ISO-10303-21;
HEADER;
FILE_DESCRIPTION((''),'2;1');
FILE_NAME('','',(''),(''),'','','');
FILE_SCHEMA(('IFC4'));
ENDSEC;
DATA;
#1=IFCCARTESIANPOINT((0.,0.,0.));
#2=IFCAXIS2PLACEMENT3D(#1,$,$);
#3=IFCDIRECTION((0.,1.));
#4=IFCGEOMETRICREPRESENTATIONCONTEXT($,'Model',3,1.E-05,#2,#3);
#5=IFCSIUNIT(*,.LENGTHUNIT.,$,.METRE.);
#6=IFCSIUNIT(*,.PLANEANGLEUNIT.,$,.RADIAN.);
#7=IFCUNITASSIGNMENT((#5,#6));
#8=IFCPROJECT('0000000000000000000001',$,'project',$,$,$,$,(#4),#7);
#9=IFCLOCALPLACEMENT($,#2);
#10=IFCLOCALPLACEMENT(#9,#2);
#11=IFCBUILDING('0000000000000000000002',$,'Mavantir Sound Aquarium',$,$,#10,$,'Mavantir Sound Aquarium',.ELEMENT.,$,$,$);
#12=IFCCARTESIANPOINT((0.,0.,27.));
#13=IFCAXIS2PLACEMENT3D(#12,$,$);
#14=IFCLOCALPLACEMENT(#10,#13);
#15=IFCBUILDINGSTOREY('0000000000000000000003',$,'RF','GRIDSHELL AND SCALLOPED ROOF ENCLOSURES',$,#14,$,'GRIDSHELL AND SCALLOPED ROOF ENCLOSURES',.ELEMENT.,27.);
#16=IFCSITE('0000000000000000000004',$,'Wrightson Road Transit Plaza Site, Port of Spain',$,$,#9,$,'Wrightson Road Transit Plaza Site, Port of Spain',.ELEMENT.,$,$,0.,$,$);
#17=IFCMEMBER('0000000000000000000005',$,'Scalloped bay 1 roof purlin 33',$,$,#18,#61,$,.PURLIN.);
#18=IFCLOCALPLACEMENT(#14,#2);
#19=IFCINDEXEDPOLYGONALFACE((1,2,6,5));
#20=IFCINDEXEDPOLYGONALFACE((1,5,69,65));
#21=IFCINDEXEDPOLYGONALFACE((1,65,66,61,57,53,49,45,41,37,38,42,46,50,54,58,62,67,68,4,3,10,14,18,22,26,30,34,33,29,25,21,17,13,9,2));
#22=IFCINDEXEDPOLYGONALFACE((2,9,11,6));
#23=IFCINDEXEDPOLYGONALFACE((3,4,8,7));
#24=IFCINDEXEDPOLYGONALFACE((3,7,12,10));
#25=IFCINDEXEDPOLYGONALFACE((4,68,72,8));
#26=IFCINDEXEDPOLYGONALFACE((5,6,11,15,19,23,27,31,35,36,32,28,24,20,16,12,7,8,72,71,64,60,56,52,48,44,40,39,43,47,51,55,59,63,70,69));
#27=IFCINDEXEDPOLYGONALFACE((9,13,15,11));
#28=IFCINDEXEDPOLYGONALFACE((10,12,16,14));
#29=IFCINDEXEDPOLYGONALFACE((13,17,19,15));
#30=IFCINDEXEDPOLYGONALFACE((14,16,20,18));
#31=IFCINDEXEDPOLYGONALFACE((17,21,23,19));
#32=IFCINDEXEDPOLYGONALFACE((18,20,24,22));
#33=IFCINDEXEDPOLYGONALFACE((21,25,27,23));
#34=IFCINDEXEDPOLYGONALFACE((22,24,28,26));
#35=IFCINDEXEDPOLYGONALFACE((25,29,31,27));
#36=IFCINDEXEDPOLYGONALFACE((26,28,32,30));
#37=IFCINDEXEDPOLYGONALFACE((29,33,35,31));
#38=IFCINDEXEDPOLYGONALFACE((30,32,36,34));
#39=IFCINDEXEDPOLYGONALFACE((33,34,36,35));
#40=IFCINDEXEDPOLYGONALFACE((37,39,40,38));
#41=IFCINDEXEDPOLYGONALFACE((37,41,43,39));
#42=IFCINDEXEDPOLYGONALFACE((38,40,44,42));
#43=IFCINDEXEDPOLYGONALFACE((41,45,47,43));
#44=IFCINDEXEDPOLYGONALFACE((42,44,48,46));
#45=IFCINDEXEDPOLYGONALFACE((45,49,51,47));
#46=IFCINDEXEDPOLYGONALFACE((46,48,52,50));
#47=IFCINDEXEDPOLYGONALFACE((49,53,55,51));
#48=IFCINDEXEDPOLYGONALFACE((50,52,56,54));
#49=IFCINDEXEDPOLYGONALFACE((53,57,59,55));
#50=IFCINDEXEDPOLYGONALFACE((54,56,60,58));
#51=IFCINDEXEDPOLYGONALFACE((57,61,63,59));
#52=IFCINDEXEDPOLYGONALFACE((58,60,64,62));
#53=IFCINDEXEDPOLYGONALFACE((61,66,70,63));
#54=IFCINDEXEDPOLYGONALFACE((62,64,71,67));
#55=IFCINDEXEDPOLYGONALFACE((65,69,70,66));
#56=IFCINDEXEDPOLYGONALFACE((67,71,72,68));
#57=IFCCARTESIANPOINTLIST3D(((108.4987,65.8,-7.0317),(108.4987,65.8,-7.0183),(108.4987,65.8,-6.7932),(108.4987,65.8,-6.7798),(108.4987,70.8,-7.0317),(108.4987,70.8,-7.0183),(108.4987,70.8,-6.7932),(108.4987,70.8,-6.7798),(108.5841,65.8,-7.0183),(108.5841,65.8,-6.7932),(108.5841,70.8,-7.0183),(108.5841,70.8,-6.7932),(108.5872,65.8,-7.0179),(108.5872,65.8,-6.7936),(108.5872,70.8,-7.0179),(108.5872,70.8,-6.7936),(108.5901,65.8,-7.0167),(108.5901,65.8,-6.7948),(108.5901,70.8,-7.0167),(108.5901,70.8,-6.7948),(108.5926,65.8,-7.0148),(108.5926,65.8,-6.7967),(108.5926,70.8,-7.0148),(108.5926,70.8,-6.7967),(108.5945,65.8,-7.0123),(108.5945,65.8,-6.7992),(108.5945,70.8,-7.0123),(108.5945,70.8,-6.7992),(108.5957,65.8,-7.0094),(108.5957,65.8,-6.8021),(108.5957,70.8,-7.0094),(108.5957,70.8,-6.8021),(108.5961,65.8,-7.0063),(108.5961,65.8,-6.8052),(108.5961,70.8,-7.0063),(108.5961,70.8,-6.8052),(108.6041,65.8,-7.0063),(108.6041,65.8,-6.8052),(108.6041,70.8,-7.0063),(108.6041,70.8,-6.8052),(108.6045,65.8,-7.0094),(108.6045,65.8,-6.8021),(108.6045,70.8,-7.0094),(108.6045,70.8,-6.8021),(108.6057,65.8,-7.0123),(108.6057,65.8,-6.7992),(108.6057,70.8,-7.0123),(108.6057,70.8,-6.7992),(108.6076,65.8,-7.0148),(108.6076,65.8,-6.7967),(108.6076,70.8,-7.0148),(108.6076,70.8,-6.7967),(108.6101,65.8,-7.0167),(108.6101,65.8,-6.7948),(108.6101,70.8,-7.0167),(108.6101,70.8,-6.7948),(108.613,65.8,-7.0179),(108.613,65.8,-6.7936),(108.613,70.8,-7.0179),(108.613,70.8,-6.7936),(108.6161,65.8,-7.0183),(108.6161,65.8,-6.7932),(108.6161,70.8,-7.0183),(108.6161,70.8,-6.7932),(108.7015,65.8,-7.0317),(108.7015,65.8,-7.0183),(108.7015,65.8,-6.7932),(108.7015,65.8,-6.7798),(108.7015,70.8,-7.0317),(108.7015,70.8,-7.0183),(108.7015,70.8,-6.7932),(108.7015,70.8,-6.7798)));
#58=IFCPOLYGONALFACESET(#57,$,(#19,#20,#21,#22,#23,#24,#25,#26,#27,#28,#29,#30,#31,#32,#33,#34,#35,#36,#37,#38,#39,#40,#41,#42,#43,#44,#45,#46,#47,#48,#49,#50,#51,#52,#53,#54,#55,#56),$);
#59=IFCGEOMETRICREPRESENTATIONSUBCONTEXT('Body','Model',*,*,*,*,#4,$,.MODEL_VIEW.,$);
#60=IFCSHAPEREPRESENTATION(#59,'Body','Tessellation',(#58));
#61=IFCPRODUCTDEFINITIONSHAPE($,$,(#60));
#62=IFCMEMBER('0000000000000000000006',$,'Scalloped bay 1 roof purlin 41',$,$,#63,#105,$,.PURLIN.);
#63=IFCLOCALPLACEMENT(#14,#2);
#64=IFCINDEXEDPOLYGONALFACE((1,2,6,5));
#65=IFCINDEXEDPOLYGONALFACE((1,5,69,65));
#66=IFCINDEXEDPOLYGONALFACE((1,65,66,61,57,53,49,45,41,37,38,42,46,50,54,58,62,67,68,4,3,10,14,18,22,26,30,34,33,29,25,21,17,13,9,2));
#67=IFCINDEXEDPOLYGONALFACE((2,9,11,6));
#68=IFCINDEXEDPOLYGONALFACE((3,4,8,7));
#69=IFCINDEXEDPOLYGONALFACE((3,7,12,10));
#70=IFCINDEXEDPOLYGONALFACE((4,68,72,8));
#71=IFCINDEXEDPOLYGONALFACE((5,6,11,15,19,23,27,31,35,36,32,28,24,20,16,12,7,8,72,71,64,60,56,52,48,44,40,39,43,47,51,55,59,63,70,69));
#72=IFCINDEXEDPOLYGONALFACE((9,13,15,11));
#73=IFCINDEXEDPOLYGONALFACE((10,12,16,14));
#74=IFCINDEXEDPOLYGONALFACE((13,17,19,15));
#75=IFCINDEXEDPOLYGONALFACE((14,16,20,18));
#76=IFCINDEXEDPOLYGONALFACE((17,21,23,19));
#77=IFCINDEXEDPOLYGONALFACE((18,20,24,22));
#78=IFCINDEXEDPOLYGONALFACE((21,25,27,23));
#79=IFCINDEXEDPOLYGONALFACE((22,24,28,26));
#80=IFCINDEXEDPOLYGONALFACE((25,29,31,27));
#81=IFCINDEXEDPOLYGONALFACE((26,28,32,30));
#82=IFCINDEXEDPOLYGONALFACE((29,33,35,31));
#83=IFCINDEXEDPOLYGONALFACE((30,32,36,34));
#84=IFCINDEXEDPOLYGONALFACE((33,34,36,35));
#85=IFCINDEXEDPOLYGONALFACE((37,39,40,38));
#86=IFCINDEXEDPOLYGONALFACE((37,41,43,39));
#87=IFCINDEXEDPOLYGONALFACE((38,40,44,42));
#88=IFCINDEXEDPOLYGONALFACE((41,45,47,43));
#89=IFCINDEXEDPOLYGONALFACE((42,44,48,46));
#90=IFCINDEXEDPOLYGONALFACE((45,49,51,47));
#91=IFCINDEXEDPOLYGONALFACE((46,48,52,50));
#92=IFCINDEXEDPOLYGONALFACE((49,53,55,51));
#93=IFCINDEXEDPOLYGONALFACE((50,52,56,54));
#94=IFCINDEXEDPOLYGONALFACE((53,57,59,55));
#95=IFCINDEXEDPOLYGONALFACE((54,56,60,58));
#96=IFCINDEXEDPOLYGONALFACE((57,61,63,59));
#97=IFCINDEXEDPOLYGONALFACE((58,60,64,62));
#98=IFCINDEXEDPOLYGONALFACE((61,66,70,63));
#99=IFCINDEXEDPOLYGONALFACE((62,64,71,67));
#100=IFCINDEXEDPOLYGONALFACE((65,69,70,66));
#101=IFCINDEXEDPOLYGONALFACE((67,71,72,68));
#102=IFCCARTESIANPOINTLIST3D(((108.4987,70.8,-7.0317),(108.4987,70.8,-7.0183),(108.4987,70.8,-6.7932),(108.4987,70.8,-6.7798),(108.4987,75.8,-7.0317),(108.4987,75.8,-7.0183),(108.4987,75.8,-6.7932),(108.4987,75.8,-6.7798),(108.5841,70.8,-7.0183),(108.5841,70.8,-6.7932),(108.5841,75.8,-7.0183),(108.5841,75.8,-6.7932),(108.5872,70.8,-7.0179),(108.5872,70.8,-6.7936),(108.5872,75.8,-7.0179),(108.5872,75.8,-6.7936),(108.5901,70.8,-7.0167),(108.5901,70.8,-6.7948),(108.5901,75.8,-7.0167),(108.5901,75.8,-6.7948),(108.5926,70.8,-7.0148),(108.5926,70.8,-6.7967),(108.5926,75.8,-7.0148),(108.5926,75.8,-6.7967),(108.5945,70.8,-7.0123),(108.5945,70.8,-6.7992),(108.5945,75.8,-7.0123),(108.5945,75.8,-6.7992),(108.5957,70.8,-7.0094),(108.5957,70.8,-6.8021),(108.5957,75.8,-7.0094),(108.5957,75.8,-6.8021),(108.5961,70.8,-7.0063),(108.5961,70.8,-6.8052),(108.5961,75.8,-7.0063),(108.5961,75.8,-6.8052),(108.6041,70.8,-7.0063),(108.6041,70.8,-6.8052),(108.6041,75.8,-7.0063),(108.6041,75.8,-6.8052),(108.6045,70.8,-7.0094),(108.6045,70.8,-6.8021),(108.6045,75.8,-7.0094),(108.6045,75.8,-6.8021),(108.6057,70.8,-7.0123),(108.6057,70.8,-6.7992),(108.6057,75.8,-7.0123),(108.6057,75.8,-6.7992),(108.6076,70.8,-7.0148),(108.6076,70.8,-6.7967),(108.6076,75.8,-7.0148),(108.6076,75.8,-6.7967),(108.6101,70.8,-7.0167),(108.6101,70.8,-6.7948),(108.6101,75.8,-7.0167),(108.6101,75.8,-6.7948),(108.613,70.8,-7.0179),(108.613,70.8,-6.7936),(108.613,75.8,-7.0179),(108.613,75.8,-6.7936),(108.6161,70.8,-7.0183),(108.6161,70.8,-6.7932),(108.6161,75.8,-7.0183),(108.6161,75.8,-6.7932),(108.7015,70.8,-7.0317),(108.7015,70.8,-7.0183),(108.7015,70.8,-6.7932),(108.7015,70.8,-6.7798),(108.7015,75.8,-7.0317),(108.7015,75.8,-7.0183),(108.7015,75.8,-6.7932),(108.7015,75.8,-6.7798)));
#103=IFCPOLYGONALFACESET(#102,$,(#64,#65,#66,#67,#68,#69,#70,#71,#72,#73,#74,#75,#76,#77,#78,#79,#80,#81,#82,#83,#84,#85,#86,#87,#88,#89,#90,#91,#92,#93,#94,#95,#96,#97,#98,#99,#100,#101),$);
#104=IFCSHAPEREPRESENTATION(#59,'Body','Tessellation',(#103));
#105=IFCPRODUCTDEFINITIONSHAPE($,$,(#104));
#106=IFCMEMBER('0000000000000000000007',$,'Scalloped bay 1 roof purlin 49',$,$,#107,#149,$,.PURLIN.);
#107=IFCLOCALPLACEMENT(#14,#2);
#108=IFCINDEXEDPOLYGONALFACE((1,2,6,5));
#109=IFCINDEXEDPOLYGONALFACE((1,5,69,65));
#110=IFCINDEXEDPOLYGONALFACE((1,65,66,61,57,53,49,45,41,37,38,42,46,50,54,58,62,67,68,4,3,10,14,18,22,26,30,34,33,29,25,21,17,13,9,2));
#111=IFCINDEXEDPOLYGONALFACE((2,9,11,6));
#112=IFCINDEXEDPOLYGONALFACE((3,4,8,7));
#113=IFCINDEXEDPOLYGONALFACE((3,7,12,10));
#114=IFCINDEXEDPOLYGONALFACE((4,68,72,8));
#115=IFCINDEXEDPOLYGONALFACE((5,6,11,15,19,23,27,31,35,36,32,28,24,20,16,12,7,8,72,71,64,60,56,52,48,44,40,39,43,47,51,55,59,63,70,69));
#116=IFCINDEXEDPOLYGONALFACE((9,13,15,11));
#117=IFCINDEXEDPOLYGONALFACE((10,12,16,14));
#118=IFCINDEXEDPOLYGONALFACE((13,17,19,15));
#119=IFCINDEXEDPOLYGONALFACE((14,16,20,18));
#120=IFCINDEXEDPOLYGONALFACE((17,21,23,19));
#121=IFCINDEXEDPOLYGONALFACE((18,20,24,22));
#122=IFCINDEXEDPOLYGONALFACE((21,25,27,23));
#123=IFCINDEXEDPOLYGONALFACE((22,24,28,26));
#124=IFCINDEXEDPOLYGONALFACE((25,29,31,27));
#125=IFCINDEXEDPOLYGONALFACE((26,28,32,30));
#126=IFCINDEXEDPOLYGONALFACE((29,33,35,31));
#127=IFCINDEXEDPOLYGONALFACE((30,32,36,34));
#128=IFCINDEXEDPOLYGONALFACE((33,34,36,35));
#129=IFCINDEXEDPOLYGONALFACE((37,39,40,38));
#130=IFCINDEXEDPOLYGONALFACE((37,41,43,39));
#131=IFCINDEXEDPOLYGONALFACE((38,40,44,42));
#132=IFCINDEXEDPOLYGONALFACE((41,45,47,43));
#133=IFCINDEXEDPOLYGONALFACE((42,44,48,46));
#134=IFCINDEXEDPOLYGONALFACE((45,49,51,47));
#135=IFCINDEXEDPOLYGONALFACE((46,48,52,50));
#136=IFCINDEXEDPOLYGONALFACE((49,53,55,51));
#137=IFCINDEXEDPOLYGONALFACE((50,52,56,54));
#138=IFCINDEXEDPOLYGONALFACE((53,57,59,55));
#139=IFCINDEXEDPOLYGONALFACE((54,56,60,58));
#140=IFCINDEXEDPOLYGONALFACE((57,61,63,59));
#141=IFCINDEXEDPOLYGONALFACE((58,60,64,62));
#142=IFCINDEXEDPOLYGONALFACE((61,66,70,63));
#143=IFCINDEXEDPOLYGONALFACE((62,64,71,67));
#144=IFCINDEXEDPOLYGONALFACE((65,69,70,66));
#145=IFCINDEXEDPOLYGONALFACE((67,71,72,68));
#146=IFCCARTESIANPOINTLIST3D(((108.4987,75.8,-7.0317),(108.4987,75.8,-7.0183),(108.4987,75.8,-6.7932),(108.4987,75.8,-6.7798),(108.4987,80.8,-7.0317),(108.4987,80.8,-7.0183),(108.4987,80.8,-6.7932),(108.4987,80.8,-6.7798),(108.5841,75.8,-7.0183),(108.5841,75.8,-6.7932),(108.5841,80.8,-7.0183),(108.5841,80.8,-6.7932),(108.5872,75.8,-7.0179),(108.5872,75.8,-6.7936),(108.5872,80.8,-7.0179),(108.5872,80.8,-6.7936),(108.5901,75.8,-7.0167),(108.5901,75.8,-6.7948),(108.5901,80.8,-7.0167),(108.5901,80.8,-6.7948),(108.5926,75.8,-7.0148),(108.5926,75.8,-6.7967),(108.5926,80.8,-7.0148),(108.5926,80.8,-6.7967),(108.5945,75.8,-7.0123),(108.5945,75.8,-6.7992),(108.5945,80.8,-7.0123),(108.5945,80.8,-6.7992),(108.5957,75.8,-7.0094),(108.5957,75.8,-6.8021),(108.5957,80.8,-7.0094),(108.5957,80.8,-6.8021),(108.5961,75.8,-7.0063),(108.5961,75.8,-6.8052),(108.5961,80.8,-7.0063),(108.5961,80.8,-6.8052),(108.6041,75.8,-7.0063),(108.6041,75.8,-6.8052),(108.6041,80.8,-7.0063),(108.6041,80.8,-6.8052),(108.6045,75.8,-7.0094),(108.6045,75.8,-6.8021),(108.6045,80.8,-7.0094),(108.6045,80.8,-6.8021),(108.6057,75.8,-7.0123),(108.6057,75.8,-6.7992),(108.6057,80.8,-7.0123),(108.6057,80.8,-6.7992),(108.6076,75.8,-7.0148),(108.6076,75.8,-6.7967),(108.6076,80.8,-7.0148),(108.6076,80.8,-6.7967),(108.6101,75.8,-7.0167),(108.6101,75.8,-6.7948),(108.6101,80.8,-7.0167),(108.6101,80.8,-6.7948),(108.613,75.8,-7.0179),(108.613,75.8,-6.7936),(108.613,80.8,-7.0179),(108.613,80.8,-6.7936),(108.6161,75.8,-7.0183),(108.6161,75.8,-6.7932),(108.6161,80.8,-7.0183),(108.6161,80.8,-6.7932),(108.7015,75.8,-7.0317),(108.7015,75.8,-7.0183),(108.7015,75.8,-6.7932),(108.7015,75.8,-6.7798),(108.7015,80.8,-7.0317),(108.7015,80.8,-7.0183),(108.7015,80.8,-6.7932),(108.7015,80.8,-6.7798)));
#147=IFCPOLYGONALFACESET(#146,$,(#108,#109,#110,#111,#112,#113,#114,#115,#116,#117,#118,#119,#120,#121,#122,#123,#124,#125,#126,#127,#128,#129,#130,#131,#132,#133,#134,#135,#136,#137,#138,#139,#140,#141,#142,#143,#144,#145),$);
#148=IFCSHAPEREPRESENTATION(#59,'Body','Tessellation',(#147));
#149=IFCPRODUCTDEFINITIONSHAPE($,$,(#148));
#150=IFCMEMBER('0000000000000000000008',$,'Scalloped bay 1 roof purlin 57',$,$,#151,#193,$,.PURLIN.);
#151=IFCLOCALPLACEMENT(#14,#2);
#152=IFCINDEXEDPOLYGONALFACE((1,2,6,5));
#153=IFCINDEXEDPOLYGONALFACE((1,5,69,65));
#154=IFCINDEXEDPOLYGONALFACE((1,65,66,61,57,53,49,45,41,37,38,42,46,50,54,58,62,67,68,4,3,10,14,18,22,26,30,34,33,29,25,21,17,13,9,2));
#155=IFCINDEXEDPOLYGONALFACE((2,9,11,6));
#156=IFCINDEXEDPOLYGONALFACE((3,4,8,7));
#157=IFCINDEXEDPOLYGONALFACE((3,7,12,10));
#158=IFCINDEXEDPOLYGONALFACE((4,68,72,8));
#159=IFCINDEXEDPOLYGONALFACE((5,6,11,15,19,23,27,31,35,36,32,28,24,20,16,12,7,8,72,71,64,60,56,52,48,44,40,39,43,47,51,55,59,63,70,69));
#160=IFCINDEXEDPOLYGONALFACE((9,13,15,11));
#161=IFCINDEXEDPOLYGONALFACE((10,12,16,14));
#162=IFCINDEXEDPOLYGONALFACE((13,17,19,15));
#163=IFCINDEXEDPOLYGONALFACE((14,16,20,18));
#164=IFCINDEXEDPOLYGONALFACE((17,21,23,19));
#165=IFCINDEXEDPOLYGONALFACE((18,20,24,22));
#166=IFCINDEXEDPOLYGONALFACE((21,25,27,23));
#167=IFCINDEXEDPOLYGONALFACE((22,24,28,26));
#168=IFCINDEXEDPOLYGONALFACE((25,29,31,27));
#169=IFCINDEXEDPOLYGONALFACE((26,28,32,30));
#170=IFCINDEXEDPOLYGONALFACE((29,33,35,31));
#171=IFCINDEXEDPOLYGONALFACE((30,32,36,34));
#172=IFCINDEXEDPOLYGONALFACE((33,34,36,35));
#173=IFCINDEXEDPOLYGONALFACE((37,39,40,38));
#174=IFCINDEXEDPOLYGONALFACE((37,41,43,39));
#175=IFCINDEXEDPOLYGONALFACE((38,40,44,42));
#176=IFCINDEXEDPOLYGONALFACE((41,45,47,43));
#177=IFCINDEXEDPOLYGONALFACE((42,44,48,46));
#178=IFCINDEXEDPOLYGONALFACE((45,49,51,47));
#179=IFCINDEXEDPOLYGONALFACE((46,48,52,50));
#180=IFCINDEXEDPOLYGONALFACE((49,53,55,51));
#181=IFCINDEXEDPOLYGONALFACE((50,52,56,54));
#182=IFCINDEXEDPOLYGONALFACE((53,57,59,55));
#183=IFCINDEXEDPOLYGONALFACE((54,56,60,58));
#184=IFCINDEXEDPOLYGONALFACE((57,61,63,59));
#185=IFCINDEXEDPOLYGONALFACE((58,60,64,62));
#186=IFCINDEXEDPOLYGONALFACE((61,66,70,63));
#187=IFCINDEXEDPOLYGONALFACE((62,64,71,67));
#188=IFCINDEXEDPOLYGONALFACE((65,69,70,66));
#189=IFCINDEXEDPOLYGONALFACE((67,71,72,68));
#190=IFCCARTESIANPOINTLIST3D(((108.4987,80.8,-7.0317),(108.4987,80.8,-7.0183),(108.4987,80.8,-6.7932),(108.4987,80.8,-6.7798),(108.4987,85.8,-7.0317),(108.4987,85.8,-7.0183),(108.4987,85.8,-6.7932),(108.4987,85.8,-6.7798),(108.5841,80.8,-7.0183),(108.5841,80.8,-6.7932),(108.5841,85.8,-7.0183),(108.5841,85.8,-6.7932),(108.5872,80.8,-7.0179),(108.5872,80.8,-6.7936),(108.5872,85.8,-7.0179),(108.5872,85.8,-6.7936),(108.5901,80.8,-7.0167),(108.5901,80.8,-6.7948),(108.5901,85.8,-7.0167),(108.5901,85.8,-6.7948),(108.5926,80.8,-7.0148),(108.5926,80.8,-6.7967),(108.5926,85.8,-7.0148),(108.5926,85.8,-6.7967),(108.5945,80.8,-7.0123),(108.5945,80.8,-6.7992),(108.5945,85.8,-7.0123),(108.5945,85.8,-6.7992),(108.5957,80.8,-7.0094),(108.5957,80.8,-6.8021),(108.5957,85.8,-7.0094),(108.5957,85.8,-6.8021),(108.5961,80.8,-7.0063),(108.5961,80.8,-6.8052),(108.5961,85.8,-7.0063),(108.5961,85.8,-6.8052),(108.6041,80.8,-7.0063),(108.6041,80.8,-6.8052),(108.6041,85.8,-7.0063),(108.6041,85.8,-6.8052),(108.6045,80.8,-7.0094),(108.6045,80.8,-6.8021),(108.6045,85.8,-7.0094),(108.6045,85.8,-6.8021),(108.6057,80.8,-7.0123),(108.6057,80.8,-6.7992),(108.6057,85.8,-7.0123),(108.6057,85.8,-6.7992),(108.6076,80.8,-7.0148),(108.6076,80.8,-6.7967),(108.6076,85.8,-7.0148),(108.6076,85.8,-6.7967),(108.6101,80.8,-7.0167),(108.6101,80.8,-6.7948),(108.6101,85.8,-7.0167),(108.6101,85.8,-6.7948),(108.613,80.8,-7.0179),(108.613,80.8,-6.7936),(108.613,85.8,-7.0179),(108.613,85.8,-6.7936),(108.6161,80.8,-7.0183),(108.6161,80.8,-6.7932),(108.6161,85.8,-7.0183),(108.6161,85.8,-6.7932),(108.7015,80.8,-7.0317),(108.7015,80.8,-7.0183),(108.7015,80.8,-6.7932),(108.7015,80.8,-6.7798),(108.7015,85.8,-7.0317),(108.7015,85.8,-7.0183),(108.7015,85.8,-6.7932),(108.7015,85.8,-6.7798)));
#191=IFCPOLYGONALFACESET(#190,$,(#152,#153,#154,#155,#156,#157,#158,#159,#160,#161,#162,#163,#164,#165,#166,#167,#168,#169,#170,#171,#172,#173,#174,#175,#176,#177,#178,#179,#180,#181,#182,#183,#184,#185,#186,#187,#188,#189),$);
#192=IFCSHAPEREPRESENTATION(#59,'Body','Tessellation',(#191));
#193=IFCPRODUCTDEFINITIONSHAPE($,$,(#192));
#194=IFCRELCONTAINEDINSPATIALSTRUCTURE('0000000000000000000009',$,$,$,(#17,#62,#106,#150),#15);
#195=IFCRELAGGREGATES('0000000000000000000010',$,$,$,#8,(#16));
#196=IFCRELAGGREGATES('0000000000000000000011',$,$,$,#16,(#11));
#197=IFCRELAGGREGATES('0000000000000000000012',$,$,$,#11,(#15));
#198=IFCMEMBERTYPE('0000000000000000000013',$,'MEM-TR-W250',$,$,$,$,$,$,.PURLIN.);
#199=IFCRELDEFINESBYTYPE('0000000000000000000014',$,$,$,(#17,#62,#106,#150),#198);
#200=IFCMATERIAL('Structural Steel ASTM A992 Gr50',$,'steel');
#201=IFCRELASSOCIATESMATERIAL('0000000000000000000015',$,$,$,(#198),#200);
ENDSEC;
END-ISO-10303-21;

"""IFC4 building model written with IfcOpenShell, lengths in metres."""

from ifc_helpers import new_model, si_unit, direction, frame, origin, origin_2d, place, context, subcontext, project, spatial, i_section, extrude, material, material_profile, profile_set, type_object, element, save


model = new_model("IFC4")

# Units and contexts
model_context = context("Model", 3, precision=1e-05, world=origin(), true_north=direction((0.0, 1.0)))
body_context = subcontext(model_context, "Body", "Model", "MODEL_VIEW")
ifc_project = project(units=[si_unit("LENGTHUNIT", "METRE"), si_unit("PLANEANGLEUNIT", "RADIAN")], contexts=[model_context])

# Site, building, storey
site_placement = place(None, origin())
site = spatial("IfcSite", under=ifc_project, at=site_placement, Name="Wrightson Road Transit Plaza Site, Port of Spain", LongName="Wrightson Road Transit Plaza Site, Port of Spain", CompositionType="ELEMENT", RefElevation=0.0)
building_placement = place(site_placement, origin())
building = spatial("IfcBuilding", under=site, at=building_placement, Name="Mavantir Sound Aquarium", LongName="Mavantir Sound Aquarium", CompositionType="ELEMENT")
storey_placement = place(building_placement, frame((0.0, 0.0, 27.0)))
storey = spatial("IfcBuildingStorey", under=building, at=storey_placement, Name="RF", Description="GRIDSHELL AND SCALLOPED ROOF ENCLOSURES", LongName="GRIDSHELL AND SCALLOPED ROOF ENCLOSURES", CompositionType="ELEMENT", Elevation=27.0)

# Shared definitions
ifc_material_1 = material(Name="Structural Steel ASTM A992 Gr50", Category="steel")

# Members
ifc_material_profile_1 = material_profile(ifc_material_1, i_section(OverallWidth=0.2029, OverallDepth=0.252, WebThickness=0.0081, FlangeThickness=0.0134, FilletRadius=0.012, at=origin_2d()), Name="W250X58")
ifc_profile_set_1 = profile_set([ifc_material_profile_1], Name="Structural Steel ASTM A992 Gr50")
member_type_1 = type_object("IfcMemberType", Name="MEM-TR-W250", PredefinedType="PURLIN", material=ifc_profile_set_1)
for number, where, z_axis, x_axis, name in (
    (1, (108.6001, 65.8, -6.9058), (0.0, 1.0, 0.0), (-1.0, 0.0, 0.0), "Scalloped bay 1 roof purlin 33"),
    (2, (108.6001, 70.8, -6.9058), (0.0, 1.0, 0.0), (-1.0, 0.0, 0.0), "Scalloped bay 1 roof purlin 41"),
    (3, (108.6001, 75.8, -6.9058), (0.0, 1.0, 0.0), (-1.0, 0.0, 0.0), "Scalloped bay 1 roof purlin 49"),
    (4, (108.6001, 80.8, -6.9058), (0.0, 1.0, 0.0), (-1.0, 0.0, 0.0), "Scalloped bay 1 roof purlin 57"),
):
    element("IfcMember", number, at=place(storey_placement, frame(where, z_axis=z_axis, x_axis=x_axis)), inside=storey, type_object=member_type_1, Name=name, PredefinedType="PURLIN", context=body_context, shape_type="SweptSolid", body=[
        extrude(i_section(OverallWidth=0.2029, OverallDepth=0.252, WebThickness=0.0081, FlangeThickness=0.0134, FilletRadius=0.012, at=origin_2d()), origin(), (0.0, 0.0, 1.0), 5.0),
    ])

save(model, "model.ifc")
